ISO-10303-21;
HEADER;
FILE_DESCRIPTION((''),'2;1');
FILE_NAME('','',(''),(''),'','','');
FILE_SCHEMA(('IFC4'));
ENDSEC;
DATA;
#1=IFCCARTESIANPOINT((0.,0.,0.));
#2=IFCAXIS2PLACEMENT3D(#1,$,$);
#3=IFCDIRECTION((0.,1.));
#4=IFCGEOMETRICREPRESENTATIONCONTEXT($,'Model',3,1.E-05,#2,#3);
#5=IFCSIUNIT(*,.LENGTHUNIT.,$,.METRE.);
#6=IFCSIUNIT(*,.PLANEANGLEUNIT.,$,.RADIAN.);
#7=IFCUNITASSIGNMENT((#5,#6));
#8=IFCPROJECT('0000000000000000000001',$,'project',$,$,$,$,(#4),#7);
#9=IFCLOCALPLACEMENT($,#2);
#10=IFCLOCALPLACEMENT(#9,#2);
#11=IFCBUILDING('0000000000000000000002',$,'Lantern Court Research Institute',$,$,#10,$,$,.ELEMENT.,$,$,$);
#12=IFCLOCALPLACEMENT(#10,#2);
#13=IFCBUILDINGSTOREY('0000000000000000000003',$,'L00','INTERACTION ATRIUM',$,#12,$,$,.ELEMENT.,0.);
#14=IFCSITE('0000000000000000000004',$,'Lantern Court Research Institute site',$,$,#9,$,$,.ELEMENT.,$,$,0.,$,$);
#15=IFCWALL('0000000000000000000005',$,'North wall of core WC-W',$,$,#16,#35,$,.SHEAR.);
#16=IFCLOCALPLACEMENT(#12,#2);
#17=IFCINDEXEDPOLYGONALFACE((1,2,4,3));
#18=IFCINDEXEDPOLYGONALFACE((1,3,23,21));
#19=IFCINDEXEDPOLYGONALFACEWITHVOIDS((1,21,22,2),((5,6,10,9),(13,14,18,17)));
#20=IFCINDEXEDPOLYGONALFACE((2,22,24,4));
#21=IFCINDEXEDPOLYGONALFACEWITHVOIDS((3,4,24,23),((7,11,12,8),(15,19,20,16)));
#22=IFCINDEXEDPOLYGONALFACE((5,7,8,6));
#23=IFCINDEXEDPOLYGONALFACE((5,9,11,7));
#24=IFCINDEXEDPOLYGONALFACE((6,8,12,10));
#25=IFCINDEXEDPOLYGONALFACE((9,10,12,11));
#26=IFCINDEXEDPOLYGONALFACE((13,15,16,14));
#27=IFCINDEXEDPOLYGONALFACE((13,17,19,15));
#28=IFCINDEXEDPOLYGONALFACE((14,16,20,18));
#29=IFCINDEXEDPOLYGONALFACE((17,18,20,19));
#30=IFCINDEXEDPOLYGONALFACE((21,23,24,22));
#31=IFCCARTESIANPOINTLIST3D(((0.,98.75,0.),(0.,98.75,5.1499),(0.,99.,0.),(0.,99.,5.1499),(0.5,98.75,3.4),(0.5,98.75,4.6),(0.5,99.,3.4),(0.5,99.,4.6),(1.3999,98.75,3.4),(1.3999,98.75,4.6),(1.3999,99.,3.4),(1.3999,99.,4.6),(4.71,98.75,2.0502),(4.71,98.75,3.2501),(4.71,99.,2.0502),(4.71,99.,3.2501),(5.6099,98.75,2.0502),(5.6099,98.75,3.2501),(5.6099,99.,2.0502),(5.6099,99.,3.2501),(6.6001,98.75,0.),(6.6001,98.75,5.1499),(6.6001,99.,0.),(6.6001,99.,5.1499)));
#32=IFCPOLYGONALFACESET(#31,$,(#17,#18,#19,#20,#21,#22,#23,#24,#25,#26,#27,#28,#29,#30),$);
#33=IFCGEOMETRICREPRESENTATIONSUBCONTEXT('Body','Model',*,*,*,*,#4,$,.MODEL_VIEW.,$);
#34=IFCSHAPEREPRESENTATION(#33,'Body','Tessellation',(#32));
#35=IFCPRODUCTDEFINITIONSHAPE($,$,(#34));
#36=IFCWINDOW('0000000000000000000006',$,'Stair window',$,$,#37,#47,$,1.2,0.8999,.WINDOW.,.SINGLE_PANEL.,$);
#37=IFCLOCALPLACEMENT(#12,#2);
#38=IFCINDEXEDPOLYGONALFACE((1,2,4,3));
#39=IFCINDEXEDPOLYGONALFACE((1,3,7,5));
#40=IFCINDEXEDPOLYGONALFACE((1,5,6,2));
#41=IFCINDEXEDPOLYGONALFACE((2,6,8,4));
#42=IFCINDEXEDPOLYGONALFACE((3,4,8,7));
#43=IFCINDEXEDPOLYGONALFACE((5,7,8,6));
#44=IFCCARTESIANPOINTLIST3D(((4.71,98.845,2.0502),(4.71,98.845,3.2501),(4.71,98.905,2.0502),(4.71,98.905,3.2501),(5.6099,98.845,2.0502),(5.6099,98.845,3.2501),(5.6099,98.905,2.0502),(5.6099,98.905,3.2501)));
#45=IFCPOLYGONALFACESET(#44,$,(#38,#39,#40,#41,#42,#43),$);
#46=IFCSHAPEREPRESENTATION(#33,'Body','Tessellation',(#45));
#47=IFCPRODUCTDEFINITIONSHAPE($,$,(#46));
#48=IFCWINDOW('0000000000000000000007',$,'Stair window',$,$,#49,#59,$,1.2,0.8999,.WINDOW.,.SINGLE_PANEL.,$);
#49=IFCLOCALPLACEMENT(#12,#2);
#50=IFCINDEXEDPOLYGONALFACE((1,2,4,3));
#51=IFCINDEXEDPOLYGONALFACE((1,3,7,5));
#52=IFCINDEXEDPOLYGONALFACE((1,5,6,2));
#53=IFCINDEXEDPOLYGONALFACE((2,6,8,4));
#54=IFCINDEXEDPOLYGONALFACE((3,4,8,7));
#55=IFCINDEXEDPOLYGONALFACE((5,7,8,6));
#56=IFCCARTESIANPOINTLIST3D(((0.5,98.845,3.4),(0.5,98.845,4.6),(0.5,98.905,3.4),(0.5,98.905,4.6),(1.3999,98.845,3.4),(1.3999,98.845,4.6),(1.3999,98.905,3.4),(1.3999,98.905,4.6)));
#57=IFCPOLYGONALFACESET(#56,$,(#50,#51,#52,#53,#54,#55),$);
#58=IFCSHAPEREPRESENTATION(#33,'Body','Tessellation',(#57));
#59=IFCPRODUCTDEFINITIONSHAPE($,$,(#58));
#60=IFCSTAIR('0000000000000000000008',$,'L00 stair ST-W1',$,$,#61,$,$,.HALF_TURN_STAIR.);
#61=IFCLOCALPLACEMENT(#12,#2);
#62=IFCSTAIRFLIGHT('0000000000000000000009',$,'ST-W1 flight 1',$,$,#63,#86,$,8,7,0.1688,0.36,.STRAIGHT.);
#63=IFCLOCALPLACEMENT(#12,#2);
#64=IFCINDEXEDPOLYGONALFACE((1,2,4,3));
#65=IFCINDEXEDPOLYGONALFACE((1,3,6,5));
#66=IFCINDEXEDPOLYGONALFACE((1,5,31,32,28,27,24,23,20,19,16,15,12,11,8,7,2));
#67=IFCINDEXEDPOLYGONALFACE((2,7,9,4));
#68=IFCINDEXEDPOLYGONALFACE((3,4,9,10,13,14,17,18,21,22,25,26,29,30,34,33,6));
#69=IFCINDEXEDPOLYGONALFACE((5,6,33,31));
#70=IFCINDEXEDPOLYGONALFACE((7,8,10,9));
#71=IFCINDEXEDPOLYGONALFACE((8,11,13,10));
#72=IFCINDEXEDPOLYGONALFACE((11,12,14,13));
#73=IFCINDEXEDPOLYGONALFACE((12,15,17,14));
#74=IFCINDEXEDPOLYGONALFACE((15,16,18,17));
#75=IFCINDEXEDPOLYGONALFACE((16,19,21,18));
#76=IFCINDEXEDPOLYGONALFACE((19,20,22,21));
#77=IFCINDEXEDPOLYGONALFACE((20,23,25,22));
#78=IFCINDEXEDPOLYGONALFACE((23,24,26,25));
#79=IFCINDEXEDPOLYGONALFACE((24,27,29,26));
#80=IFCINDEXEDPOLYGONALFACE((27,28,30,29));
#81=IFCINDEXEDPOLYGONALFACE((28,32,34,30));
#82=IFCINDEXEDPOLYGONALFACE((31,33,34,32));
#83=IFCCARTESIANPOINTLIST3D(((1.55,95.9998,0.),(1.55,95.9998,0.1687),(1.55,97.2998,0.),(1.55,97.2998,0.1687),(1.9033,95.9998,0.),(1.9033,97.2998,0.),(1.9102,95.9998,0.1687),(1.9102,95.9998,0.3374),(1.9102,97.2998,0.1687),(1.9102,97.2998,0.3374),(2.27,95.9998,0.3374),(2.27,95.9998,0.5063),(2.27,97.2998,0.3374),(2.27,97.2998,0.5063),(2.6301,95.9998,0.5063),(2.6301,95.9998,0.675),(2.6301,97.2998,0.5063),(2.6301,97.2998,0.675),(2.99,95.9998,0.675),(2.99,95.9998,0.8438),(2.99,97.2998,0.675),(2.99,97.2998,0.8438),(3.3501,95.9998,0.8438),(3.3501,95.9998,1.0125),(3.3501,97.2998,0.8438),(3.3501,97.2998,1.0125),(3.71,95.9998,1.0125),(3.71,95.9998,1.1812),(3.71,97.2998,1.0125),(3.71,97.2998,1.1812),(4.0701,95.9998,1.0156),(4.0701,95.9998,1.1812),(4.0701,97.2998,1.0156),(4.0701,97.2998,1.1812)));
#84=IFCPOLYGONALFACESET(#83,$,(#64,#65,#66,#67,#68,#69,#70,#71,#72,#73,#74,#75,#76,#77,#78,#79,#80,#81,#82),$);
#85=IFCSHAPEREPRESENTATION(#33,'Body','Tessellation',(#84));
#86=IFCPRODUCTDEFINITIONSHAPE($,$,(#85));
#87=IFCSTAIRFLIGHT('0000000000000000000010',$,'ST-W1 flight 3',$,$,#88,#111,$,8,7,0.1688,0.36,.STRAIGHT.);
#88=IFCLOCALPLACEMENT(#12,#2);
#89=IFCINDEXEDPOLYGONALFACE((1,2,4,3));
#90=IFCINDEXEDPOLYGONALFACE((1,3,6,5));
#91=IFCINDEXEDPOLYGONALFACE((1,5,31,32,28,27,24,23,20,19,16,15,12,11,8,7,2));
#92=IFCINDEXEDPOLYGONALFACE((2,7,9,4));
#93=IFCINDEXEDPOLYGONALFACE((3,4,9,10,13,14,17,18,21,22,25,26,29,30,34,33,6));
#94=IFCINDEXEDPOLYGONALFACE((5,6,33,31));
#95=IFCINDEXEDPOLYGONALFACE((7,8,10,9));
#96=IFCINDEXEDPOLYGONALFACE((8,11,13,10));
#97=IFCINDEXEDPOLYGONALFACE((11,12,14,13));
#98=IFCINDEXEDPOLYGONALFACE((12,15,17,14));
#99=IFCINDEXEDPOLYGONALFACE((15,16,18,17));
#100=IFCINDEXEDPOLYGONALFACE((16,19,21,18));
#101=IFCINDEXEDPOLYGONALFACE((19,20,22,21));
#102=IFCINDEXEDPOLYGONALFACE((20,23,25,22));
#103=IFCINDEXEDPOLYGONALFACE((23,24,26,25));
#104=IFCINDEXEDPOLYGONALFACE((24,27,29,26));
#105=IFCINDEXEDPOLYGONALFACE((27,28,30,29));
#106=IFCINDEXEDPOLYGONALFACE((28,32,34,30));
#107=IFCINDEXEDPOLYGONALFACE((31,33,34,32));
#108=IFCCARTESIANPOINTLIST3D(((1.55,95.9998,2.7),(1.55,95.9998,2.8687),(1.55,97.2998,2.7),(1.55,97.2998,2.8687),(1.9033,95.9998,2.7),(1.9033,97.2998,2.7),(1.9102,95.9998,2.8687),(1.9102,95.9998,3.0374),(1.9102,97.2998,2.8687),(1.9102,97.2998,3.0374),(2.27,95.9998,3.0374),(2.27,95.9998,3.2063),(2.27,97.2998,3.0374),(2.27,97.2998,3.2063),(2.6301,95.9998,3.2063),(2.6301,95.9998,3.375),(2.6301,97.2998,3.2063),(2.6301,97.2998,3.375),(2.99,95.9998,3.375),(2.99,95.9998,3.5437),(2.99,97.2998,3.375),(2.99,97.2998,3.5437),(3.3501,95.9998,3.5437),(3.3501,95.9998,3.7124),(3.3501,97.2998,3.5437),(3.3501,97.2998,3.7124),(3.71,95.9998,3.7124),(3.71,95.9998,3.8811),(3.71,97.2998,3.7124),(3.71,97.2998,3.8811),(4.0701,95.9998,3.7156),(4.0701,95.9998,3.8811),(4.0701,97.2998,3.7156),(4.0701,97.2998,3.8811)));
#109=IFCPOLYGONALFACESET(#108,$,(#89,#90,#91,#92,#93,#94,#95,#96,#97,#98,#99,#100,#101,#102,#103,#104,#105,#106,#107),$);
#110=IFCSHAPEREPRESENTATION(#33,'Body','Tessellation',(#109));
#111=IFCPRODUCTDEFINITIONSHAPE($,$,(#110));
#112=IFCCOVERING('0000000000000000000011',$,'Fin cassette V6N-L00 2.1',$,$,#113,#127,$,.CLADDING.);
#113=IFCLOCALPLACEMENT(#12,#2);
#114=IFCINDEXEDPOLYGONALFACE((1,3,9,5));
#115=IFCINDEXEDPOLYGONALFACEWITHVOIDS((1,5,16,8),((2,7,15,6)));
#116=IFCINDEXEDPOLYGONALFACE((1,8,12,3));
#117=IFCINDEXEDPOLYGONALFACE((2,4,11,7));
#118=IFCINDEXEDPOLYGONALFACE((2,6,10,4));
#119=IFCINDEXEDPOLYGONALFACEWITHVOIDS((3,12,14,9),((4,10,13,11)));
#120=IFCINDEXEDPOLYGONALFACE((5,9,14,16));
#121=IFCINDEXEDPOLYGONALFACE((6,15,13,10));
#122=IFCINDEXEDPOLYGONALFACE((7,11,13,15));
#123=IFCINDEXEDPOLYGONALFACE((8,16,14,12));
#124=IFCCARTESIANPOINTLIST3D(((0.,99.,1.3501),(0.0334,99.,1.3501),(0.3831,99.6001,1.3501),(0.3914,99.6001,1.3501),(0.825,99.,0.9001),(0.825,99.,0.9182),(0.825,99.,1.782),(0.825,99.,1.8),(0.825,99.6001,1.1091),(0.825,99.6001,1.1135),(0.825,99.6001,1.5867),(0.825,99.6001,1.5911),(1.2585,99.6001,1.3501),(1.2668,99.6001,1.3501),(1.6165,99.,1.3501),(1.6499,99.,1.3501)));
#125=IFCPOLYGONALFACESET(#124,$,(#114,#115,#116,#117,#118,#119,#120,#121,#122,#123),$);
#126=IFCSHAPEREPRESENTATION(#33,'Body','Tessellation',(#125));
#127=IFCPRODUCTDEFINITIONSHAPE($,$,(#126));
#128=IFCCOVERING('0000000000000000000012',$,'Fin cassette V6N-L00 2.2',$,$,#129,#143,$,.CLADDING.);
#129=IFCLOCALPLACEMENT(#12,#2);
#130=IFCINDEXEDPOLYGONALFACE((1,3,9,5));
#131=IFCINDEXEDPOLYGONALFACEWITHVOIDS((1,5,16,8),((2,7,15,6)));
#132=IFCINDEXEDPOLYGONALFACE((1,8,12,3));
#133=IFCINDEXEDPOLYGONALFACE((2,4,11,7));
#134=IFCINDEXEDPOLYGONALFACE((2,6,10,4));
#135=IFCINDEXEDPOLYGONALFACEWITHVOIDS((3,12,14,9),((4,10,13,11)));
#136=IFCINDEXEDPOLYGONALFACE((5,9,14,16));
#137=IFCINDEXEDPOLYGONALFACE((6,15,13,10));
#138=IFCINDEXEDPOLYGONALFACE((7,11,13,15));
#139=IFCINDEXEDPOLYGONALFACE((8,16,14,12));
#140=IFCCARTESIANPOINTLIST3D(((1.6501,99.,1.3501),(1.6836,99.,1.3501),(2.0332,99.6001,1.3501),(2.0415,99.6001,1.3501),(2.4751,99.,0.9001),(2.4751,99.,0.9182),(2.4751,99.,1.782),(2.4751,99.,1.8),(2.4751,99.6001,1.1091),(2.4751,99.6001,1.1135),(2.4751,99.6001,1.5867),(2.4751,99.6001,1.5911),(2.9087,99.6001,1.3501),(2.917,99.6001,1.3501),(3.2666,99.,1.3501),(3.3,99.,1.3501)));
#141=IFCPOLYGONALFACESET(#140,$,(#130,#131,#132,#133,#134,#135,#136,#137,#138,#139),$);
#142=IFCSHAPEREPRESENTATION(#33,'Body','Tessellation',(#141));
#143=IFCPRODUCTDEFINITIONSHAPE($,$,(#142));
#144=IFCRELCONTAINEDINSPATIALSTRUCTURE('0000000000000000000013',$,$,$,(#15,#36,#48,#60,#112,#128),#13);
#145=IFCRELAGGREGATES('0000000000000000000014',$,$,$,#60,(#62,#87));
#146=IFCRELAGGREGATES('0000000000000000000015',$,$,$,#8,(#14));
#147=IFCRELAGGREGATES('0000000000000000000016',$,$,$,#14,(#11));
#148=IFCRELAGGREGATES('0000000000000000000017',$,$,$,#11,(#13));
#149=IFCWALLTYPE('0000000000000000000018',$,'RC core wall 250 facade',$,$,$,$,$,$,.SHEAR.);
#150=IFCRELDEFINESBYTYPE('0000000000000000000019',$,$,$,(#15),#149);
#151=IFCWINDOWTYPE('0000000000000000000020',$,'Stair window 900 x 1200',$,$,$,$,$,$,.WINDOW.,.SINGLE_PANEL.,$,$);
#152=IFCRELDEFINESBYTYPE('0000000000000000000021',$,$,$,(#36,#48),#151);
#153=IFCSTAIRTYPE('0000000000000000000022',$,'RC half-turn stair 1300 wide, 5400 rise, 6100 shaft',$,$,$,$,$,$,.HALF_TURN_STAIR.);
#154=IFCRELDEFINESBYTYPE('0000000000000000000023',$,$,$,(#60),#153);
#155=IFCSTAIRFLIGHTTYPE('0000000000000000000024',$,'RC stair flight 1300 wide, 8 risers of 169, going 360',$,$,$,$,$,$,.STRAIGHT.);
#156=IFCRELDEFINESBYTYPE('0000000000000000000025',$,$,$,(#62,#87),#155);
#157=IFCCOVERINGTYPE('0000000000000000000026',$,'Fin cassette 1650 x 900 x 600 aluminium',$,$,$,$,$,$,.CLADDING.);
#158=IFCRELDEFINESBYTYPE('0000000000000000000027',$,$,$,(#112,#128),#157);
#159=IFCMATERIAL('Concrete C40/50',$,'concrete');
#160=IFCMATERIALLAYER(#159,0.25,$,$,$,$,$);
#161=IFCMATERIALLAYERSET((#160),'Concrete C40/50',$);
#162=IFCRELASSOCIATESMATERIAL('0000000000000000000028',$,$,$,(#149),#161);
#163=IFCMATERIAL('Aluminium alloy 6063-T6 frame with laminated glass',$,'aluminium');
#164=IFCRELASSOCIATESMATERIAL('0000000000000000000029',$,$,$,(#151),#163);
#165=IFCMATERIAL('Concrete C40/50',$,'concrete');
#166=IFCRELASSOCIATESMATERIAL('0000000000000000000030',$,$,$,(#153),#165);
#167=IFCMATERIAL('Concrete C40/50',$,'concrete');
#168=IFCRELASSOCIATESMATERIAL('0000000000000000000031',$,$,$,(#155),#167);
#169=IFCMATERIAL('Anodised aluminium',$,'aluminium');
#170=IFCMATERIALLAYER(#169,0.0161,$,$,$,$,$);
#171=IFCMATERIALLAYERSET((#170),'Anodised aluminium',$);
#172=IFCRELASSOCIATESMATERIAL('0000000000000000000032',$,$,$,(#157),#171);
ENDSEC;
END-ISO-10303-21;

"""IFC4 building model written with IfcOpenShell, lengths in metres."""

from ifc_helpers import new_model, entity, si_unit, direction, frame, frame_2d, origin, place, context, subcontext, project, spatial, polyline, rectangle, outline, extrude, material, layer, layer_set, type_object, element, fill, aggregate, save


model = new_model("IFC4")

# Units and contexts
model_context = context("Model", 3, precision=1e-05, world=origin(), true_north=direction((0.0, 1.0)))
body_context = subcontext(model_context, "Body", "Model", "MODEL_VIEW")
ifc_project = project(units=[si_unit("LENGTHUNIT", "METRE"), si_unit("PLANEANGLEUNIT", "RADIAN")], contexts=[model_context])

# Site, building, storey
site_placement = place(None, origin())
site = spatial("IfcSite", under=ifc_project, at=site_placement, Name="Lantern Court Research Institute site", CompositionType="ELEMENT", RefElevation=0.0)
building_placement = place(site_placement, origin())
building = spatial("IfcBuilding", under=site, at=building_placement, Name="Lantern Court Research Institute", CompositionType="ELEMENT")
storey_placement = place(building_placement, origin())
storey = spatial("IfcBuildingStorey", under=building, at=storey_placement, Name="L00", Description="INTERACTION ATRIUM", CompositionType="ELEMENT", Elevation=0.0)

# Wall, openings, windows
ifc_material_1 = material(Name="Concrete C40/50", Category="concrete")
ifc_layer_1 = layer(ifc_material_1, 0.25)
ifc_layer_set_1 = layer_set([ifc_layer_1], Name="Concrete C40/50")
wall_type = type_object("IfcWallType", Name="RC core wall 250 facade", PredefinedType="SHEAR", material=ifc_layer_set_1)
wall_placement = place(storey_placement, frame((0.0, 98.875, 0.0), z_axis=(0.0, 0.0, 1.0), x_axis=(1.0, 0.0, 0.0)))
wall = element("IfcWall", 1, at=wall_placement, inside=storey, type_object=wall_type, Name="North wall of core WC-W", PredefinedType="SHEAR", context=body_context, shape_type="SweptSolid", body=[
    extrude(rectangle(XDim=6.6001, YDim=0.25, at=frame_2d((3.3, 0.0))), origin(), (0.0, 0.0, 1.0), 5.1499),
])
opening_1_placement = place(wall_placement, frame((4.71, 0.0, 2.05)))
opening_1 = element("IfcOpeningElement", 2, at=opening_1_placement, cuts=wall, PredefinedType="OPENING", context=body_context, shape_type="SweptSolid", body=[
    extrude(rectangle(XDim=0.8999, YDim=1.2, at=frame_2d((0.45, 0.6001))), frame((0.0, 0.135, 0.0), z_axis=(0.0, -1.0, 0.0), x_axis=(1.0, 0.0, 0.0)), (0.0, 0.0, 1.0), 0.27),
])
opening_2_placement = place(wall_placement, frame((0.5, 0.0, 3.3999)))
opening_2 = element("IfcOpeningElement", 3, at=opening_2_placement, cuts=wall, PredefinedType="OPENING", context=body_context, shape_type="SweptSolid", body=[
    extrude(rectangle(XDim=0.8999, YDim=1.2, at=frame_2d((0.45, 0.6001))), frame((0.0, 0.135, 0.0), z_axis=(0.0, -1.0, 0.0), x_axis=(1.0, 0.0, 0.0)), (0.0, 0.0, 1.0), 0.27),
])
ifc_material_2 = material(Name="Aluminium alloy 6063-T6 frame with laminated glass", Category="aluminium")
window_type = type_object("IfcWindowType", Name="Stair window 900 x 1200", PartitioningType="SINGLE_PANEL", PredefinedType="WINDOW", material=ifc_material_2)
window_1_placement = place(opening_1_placement, origin())
window_1 = element("IfcWindow", 4, at=window_1_placement, inside=storey, type_object=window_type, Name="Stair window", OverallHeight=1.2, OverallWidth=0.8999, PartitioningType="SINGLE_PANEL", PredefinedType="WINDOW", context=body_context, shape_type="SweptSolid", body=[
    extrude(rectangle(XDim=0.8999, YDim=1.2, at=frame_2d((0.45, 0.6001))), frame((0.0, 0.03, 0.0), z_axis=(0.0, -1.0, 0.0), x_axis=(1.0, 0.0, 0.0)), (0.0, 0.0, 1.0), 0.0601),
])
fill(opening_1, window_1)
window_2_placement = place(opening_2_placement, origin())
window_2 = element("IfcWindow", 5, at=window_2_placement, inside=storey, type_object=window_type, Name="Stair window", OverallHeight=1.2, OverallWidth=0.8999, PartitioningType="SINGLE_PANEL", PredefinedType="WINDOW", context=body_context, shape_type="SweptSolid", body=[
    extrude(rectangle(XDim=0.8999, YDim=1.2, at=frame_2d((0.45, 0.6001))), frame((0.0, 0.03, 0.0), z_axis=(0.0, -1.0, 0.0), x_axis=(1.0, 0.0, 0.0)), (0.0, 0.0, 1.0), 0.0601),
])
fill(opening_2, window_2)

# Stair, stair flights
ifc_material_3 = material(Name="Concrete C40/50", Category="concrete")
stair_type = type_object("IfcStairType", Name="RC half-turn stair 1300 wide, 5400 rise, 6100 shaft", PredefinedType="HALF_TURN_STAIR", material=ifc_material_3)
stair_placement = place(storey_placement, origin())
stair = element("IfcStair", 6, at=stair_placement, inside=storey, type_object=stair_type, Name="L00 stair ST-W1", PredefinedType="HALF_TURN_STAIR")
ifc_material_4 = material(Name="Concrete C40/50", Category="concrete")
stair_flight_type = type_object("IfcStairFlightType", Name="RC stair flight 1300 wide, 8 risers of 169, going 360", PredefinedType="STRAIGHT", material=ifc_material_4)
stair_flight_1_placement = place(storey_placement, frame((1.55, 96.6499, 0.0), z_axis=(0.0, 0.0, 1.0), x_axis=(1.0, 0.0, 0.0)))
stair_flight_1 = element("IfcStairFlight", 7, at=stair_flight_1_placement, type_object=stair_flight_type, Name="ST-W1 flight 1", NumberOfRisers=8, NumberOfTreads=7, PredefinedType="STRAIGHT", RiserHeight=0.1688, TreadLength=0.36, context=body_context, shape_type="SweptSolid", body=[
    extrude(outline(polyline([(0.0, 0.0), (0.0, 0.1687), (0.3601, 0.1687), (0.3601, 0.3374), (0.72, 0.3374), (0.72, 0.5063), (1.0801, 0.5063), (1.0801, 0.675), (1.4399, 0.675), (1.4399, 0.8438), (1.8, 0.8438), (1.8, 1.0125), (2.1599, 1.0125), (2.1599, 1.1812), (2.52, 1.1812), (2.52, 1.3501), (2.52, 1.0156), (0.3533, 0.0), (0.0, 0.0)])), frame((0.0, 0.6499, 0.0), z_axis=(0.0, -1.0, 0.0), x_axis=(1.0, 0.0, 0.0)), (0.0, 0.0, 1.0), 1.3),
])
stair_flight_2_placement = place(storey_placement, frame((1.55, 96.6499, 2.7), z_axis=(0.0, 0.0, 1.0), x_axis=(1.0, 0.0, 0.0)))
stair_flight_2 = element("IfcStairFlight", 8, at=stair_flight_2_placement, type_object=stair_flight_type, Name="ST-W1 flight 3", NumberOfRisers=8, NumberOfTreads=7, PredefinedType="STRAIGHT", RiserHeight=0.1688, TreadLength=0.36, context=body_context, shape_type="SweptSolid", body=[
    extrude(outline(polyline([(0.0, 0.0), (0.0, 0.1687), (0.3601, 0.1687), (0.3601, 0.3374), (0.72, 0.3374), (0.72, 0.5063), (1.0801, 0.5063), (1.0801, 0.675), (1.4399, 0.675), (1.4399, 0.8438), (1.8, 0.8438), (1.8, 1.0125), (2.1599, 1.0125), (2.1599, 1.1812), (2.52, 1.1812), (2.52, 1.3501), (2.52, 1.0156), (0.3533, 0.0), (0.0, 0.0)])), frame((0.0, 0.6499, 0.0), z_axis=(0.0, -1.0, 0.0), x_axis=(1.0, 0.0, 0.0)), (0.0, 0.0, 1.0), 1.3),
])
aggregate(stair, [stair_flight_1, stair_flight_2])

# Coverings
ifc_material_5 = material(Name="Anodised aluminium", Category="aluminium")
ifc_layer_2 = layer(ifc_material_5, 0.0161)
ifc_layer_set_2 = layer_set([ifc_layer_2], Name="Anodised aluminium")
covering_type = type_object("IfcCoveringType", Name="Fin cassette 1650 x 900 x 600 aluminium", PredefinedType="CLADDING", material=ifc_layer_set_2)
covering_1_placement = place(storey_placement, frame((0.825, 99.0, 1.3501), z_axis=(0.0, 1.0, 0.0), x_axis=(-1.0, 0.0, 0.0)))
cartesian_point_1 = entity("IfcCartesianPoint", [0.825, 0.0])
cartesian_point_2 = entity("IfcCartesianPoint", [0.7915, 0.0])
cartesian_point_3 = entity("IfcCartesianPoint", [0.4419, 0.0])
cartesian_point_4 = entity("IfcCartesianPoint", [0.4336, 0.0])
element("IfcCovering", 9, at=covering_1_placement, inside=storey, type_object=covering_type, Name="Fin cassette V6N-L00 2.1", PredefinedType="CLADDING", context=body_context, shape_type="SweptSolid", body=[
    entity("IfcExtrudedAreaSolidTapered", entity("IfcArbitraryProfileDefWithVoids", "AREA", None, entity("IfcPolyline", [cartesian_point_1, entity("IfcCartesianPoint", [0.0, 0.45]), entity("IfcCartesianPoint", [-0.825, 0.0]), entity("IfcCartesianPoint", [0.0, -0.45]), cartesian_point_1]), [entity("IfcPolyline", [cartesian_point_2, entity("IfcCartesianPoint", [0.0, 0.4319]), entity("IfcCartesianPoint", [-0.7915, 0.0]), entity("IfcCartesianPoint", [0.0, -0.4319]), cartesian_point_2])]), entity("IfcAxis2Placement3D", entity("IfcCartesianPoint", [0.0, 0.0, 0.0])), entity("IfcDirection", [0.0, 0.0, 1.0]), 0.6001, entity("IfcArbitraryProfileDefWithVoids", "AREA", None, entity("IfcPolyline", [cartesian_point_3, entity("IfcCartesianPoint", [0.0, 0.241]), entity("IfcCartesianPoint", [-0.4419, 0.0]), entity("IfcCartesianPoint", [0.0, -0.241]), cartesian_point_3]), [entity("IfcPolyline", [cartesian_point_4, entity("IfcCartesianPoint", [0.0, 0.2366]), entity("IfcCartesianPoint", [-0.4336, 0.0]), entity("IfcCartesianPoint", [0.0, -0.2366]), cartesian_point_4])])),
])
covering_2_placement = place(storey_placement, frame((2.4751, 99.0, 1.3501), z_axis=(0.0, 1.0, 0.0), x_axis=(-1.0, 0.0, 0.0)))
cartesian_point_5 = entity("IfcCartesianPoint", [0.825, 0.0])
cartesian_point_6 = entity("IfcCartesianPoint", [0.7915, 0.0])
cartesian_point_7 = entity("IfcCartesianPoint", [0.4419, 0.0])
cartesian_point_8 = entity("IfcCartesianPoint", [0.4336, 0.0])
element("IfcCovering", 10, at=covering_2_placement, inside=storey, type_object=covering_type, Name="Fin cassette V6N-L00 2.2", PredefinedType="CLADDING", context=body_context, shape_type="SweptSolid", body=[
    entity("IfcExtrudedAreaSolidTapered", entity("IfcArbitraryProfileDefWithVoids", "AREA", None, entity("IfcPolyline", [cartesian_point_5, entity("IfcCartesianPoint", [0.0, 0.45]), entity("IfcCartesianPoint", [-0.825, 0.0]), entity("IfcCartesianPoint", [0.0, -0.45]), cartesian_point_5]), [entity("IfcPolyline", [cartesian_point_6, entity("IfcCartesianPoint", [0.0, 0.4319]), entity("IfcCartesianPoint", [-0.7915, 0.0]), entity("IfcCartesianPoint", [0.0, -0.4319]), cartesian_point_6])]), entity("IfcAxis2Placement3D", entity("IfcCartesianPoint", [0.0, 0.0, 0.0])), entity("IfcDirection", [0.0, 0.0, 1.0]), 0.6001, entity("IfcArbitraryProfileDefWithVoids", "AREA", None, entity("IfcPolyline", [cartesian_point_7, entity("IfcCartesianPoint", [0.0, 0.241]), entity("IfcCartesianPoint", [-0.4419, 0.0]), entity("IfcCartesianPoint", [0.0, -0.241]), cartesian_point_7]), [entity("IfcPolyline", [cartesian_point_8, entity("IfcCartesianPoint", [0.0, 0.2366]), entity("IfcCartesianPoint", [-0.4336, 0.0]), entity("IfcCartesianPoint", [0.0, -0.2366]), cartesian_point_8])])),
])

save(model, "model.ifc")
